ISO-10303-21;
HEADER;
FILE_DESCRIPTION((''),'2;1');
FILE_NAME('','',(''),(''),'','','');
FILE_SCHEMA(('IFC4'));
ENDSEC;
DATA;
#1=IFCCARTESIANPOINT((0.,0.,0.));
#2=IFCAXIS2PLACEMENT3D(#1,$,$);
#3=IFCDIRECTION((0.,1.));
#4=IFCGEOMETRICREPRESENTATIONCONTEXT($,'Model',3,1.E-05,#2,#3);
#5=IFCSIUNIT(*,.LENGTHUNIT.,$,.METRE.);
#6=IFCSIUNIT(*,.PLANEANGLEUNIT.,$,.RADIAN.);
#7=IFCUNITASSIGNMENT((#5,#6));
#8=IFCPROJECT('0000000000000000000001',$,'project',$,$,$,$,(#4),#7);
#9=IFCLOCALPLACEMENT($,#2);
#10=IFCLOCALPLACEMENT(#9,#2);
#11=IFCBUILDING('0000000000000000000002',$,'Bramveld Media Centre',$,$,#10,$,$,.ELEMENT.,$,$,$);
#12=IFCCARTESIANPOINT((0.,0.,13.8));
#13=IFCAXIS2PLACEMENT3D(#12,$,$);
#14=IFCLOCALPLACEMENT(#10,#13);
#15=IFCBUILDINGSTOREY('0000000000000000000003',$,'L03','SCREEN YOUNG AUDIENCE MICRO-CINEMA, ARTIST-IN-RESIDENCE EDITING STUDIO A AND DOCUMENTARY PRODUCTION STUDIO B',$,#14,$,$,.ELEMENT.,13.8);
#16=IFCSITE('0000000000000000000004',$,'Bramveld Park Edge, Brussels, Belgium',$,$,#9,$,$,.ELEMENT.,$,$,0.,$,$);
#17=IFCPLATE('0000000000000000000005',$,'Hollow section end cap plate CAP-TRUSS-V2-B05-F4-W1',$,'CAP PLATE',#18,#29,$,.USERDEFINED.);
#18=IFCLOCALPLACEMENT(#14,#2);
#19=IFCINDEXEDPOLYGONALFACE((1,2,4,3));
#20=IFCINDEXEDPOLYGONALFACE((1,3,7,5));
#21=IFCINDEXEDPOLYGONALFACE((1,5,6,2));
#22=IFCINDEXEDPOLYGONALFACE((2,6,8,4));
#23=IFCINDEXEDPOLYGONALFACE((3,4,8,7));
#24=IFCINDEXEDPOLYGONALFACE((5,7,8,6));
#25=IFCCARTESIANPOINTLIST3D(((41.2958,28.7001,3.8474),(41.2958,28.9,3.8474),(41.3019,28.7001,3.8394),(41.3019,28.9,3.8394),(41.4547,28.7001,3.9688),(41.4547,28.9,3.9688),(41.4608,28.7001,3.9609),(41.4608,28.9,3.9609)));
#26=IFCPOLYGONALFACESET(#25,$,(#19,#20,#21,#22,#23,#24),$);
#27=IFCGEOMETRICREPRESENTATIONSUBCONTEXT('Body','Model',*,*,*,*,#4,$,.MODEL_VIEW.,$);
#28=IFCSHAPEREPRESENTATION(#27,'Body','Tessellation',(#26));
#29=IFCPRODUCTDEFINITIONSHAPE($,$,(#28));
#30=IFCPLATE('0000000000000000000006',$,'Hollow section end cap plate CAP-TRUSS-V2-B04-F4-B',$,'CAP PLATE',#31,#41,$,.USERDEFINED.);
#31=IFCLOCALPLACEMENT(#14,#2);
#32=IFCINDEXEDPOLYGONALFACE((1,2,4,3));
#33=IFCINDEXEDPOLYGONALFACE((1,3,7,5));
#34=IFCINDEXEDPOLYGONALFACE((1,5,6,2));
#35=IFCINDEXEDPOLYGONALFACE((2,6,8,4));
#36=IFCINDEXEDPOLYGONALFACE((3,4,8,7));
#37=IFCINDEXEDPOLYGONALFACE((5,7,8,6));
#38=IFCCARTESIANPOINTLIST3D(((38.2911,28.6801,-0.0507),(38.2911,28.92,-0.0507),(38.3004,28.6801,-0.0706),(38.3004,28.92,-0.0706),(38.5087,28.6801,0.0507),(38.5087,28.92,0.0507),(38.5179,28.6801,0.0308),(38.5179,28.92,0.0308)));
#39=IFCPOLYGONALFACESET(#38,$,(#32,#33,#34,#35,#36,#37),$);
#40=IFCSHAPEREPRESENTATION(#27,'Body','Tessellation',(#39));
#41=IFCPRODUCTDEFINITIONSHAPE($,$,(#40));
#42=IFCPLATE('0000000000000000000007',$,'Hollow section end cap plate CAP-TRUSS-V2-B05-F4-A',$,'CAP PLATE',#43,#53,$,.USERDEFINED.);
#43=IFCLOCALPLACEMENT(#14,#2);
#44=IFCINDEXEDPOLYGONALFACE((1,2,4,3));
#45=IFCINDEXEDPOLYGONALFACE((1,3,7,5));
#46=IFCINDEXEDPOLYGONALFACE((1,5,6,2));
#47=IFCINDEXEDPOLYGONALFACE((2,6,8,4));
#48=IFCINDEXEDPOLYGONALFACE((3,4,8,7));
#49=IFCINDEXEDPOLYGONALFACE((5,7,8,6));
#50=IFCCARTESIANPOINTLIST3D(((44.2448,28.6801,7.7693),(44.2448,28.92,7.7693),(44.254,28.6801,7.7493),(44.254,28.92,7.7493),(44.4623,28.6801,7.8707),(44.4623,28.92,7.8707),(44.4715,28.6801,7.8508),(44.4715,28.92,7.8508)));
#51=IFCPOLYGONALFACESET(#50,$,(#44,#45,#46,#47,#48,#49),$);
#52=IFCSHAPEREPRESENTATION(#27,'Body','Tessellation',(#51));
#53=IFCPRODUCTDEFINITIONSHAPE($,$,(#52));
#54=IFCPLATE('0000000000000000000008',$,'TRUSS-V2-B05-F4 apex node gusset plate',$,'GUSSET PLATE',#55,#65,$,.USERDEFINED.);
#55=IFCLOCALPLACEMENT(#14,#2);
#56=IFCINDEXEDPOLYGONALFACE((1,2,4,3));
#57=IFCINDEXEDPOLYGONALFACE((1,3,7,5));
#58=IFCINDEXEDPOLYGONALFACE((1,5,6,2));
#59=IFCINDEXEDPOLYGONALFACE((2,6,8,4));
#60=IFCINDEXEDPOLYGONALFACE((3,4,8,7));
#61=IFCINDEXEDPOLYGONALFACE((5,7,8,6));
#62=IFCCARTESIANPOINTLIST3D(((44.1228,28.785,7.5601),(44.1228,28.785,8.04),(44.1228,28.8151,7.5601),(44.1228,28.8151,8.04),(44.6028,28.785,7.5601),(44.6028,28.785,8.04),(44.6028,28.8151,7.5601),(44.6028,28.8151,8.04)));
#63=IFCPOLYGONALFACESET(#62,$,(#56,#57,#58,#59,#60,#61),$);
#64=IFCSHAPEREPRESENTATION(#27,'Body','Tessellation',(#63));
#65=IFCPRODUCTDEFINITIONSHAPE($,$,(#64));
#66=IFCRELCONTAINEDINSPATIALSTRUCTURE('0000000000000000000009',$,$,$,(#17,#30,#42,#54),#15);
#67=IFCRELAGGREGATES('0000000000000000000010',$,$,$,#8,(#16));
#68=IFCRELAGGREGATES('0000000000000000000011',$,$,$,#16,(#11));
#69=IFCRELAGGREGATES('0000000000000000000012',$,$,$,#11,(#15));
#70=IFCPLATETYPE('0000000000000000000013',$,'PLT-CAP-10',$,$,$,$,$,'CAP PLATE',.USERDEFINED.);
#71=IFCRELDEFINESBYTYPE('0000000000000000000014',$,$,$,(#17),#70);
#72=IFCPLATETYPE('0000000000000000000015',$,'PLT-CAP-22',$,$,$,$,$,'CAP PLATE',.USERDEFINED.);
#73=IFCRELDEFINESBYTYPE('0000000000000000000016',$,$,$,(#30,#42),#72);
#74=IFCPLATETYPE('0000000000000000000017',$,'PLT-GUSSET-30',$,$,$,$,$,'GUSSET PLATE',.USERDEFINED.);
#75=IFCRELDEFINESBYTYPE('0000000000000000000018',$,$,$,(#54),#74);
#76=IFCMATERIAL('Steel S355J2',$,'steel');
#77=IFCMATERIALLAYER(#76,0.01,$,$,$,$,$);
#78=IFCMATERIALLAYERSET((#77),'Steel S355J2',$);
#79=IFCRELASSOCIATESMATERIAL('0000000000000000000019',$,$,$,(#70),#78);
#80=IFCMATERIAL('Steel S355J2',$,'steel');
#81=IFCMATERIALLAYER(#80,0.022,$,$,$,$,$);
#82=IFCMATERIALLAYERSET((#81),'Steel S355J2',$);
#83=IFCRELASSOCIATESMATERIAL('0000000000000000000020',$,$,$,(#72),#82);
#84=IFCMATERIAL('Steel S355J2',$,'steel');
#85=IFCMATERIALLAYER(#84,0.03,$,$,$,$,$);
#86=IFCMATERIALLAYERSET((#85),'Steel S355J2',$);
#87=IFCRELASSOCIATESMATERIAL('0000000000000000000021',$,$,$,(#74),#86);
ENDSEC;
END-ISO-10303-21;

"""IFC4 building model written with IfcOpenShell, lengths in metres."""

from ifc_helpers import new_model, si_unit, direction, frame, origin, origin_2d, place, context, subcontext, project, spatial, rectangle, extrude, material, layer, layer_set, type_object, element, save


model = new_model("IFC4")

# Units and contexts
model_context = context("Model", 3, precision=1e-05, world=origin(), true_north=direction((0.0, 1.0)))
body_context = subcontext(model_context, "Body", "Model", "MODEL_VIEW")
ifc_project = project(units=[si_unit("LENGTHUNIT", "METRE"), si_unit("PLANEANGLEUNIT", "RADIAN")], contexts=[model_context])

# Site, building, storey
site_placement = place(None, origin())
site = spatial("IfcSite", under=ifc_project, at=site_placement, Name="Bramveld Park Edge, Brussels, Belgium", CompositionType="ELEMENT", RefElevation=0.0)
building_placement = place(site_placement, origin())
building = spatial("IfcBuilding", under=site, at=building_placement, Name="Bramveld Media Centre", CompositionType="ELEMENT")
storey_placement = place(building_placement, frame((0.0, 0.0, 13.8)))
storey = spatial("IfcBuildingStorey", under=building, at=storey_placement, Name="L03", Description="SCREEN YOUNG AUDIENCE MICRO-CINEMA, ARTIST-IN-RESIDENCE EDITING STUDIO A AND DOCUMENTARY PRODUCTION STUDIO B", CompositionType="ELEMENT", Elevation=13.8)

# Plates
ifc_material_1 = material(Name="Steel S355J2", Category="steel")
ifc_layer_1 = layer(ifc_material_1, 0.01)
ifc_layer_set_1 = layer_set([ifc_layer_1], Name="Steel S355J2")
plate_type_1 = type_object("IfcPlateType", Name="PLT-CAP-10", ElementType="CAP PLATE", PredefinedType="USERDEFINED", material=ifc_layer_set_1)
for number, where, z_axis, x_axis, name in (
    (1, (41.3813, 28.8, 3.9001), (-0.607328, 0.0, 0.794451), (0.0, -1.0, 0.0), "Hollow section end cap plate CAP-TRUSS-V2-B05-F4-W1"),
):
    element("IfcPlate", number, at=place(storey_placement, frame(where, z_axis=z_axis, x_axis=x_axis)), inside=storey, type_object=plate_type_1, Name=name, ObjectType="CAP PLATE", PredefinedType="USERDEFINED", context=body_context, shape_type="SweptSolid", body=[
        extrude(rectangle(XDim=0.2, YDim=0.2, at=origin_2d()), origin(), (0.0, 0.0, 1.0), 0.01),
    ])
ifc_material_2 = material(Name="Steel S355J2", Category="steel")
ifc_layer_2 = layer(ifc_material_2, 0.022)
ifc_layer_set_2 = layer_set([ifc_layer_2], Name="Steel S355J2")
plate_type_2 = type_object("IfcPlateType", Name="PLT-CAP-22", ElementType="CAP PLATE", PredefinedType="USERDEFINED", material=ifc_layer_set_2)
for number, where, z_axis, x_axis, name in (
    (2, (38.3999, 28.8, 0.0), (0.422618, 0.0, -0.906308), (0.0, 1.0, 0.0), "Hollow section end cap plate CAP-TRUSS-V2-B04-F4-B"),
    (3, (44.3628, 28.8, 7.8), (-0.422618, 0.0, 0.906308), (0.0, -1.0, 0.0), "Hollow section end cap plate CAP-TRUSS-V2-B05-F4-A"),
):
    element("IfcPlate", number, at=place(storey_placement, frame(where, z_axis=z_axis, x_axis=x_axis)), inside=storey, type_object=plate_type_2, Name=name, ObjectType="CAP PLATE", PredefinedType="USERDEFINED", context=body_context, shape_type="SweptSolid", body=[
        extrude(rectangle(XDim=0.24, YDim=0.24, at=origin_2d()), origin(), (0.0, 0.0, 1.0), 0.022),
    ])
ifc_material_3 = material(Name="Steel S355J2", Category="steel")
ifc_layer_3 = layer(ifc_material_3, 0.03)
ifc_layer_set_3 = layer_set([ifc_layer_3], Name="Steel S355J2")
plate_type_3 = type_object("IfcPlateType", Name="PLT-GUSSET-30", ElementType="GUSSET PLATE", PredefinedType="USERDEFINED", material=ifc_layer_set_3)
plate_1_placement = place(storey_placement, frame((44.3628, 28.8, 7.5601), z_axis=(0.0, 0.0, 1.0), x_axis=(1.0, 0.0, 0.0)))
element("IfcPlate", 4, at=plate_1_placement, inside=storey, type_object=plate_type_3, Name="TRUSS-V2-B05-F4 apex node gusset plate", ObjectType="GUSSET PLATE", PredefinedType="USERDEFINED", context=body_context, shape_type="SweptSolid", body=[
    extrude(rectangle(XDim=0.48, YDim=0.03, at=origin_2d()), origin(), (0.0, 0.0, 1.0), 0.48),
])

save(model, "model.ifc")
